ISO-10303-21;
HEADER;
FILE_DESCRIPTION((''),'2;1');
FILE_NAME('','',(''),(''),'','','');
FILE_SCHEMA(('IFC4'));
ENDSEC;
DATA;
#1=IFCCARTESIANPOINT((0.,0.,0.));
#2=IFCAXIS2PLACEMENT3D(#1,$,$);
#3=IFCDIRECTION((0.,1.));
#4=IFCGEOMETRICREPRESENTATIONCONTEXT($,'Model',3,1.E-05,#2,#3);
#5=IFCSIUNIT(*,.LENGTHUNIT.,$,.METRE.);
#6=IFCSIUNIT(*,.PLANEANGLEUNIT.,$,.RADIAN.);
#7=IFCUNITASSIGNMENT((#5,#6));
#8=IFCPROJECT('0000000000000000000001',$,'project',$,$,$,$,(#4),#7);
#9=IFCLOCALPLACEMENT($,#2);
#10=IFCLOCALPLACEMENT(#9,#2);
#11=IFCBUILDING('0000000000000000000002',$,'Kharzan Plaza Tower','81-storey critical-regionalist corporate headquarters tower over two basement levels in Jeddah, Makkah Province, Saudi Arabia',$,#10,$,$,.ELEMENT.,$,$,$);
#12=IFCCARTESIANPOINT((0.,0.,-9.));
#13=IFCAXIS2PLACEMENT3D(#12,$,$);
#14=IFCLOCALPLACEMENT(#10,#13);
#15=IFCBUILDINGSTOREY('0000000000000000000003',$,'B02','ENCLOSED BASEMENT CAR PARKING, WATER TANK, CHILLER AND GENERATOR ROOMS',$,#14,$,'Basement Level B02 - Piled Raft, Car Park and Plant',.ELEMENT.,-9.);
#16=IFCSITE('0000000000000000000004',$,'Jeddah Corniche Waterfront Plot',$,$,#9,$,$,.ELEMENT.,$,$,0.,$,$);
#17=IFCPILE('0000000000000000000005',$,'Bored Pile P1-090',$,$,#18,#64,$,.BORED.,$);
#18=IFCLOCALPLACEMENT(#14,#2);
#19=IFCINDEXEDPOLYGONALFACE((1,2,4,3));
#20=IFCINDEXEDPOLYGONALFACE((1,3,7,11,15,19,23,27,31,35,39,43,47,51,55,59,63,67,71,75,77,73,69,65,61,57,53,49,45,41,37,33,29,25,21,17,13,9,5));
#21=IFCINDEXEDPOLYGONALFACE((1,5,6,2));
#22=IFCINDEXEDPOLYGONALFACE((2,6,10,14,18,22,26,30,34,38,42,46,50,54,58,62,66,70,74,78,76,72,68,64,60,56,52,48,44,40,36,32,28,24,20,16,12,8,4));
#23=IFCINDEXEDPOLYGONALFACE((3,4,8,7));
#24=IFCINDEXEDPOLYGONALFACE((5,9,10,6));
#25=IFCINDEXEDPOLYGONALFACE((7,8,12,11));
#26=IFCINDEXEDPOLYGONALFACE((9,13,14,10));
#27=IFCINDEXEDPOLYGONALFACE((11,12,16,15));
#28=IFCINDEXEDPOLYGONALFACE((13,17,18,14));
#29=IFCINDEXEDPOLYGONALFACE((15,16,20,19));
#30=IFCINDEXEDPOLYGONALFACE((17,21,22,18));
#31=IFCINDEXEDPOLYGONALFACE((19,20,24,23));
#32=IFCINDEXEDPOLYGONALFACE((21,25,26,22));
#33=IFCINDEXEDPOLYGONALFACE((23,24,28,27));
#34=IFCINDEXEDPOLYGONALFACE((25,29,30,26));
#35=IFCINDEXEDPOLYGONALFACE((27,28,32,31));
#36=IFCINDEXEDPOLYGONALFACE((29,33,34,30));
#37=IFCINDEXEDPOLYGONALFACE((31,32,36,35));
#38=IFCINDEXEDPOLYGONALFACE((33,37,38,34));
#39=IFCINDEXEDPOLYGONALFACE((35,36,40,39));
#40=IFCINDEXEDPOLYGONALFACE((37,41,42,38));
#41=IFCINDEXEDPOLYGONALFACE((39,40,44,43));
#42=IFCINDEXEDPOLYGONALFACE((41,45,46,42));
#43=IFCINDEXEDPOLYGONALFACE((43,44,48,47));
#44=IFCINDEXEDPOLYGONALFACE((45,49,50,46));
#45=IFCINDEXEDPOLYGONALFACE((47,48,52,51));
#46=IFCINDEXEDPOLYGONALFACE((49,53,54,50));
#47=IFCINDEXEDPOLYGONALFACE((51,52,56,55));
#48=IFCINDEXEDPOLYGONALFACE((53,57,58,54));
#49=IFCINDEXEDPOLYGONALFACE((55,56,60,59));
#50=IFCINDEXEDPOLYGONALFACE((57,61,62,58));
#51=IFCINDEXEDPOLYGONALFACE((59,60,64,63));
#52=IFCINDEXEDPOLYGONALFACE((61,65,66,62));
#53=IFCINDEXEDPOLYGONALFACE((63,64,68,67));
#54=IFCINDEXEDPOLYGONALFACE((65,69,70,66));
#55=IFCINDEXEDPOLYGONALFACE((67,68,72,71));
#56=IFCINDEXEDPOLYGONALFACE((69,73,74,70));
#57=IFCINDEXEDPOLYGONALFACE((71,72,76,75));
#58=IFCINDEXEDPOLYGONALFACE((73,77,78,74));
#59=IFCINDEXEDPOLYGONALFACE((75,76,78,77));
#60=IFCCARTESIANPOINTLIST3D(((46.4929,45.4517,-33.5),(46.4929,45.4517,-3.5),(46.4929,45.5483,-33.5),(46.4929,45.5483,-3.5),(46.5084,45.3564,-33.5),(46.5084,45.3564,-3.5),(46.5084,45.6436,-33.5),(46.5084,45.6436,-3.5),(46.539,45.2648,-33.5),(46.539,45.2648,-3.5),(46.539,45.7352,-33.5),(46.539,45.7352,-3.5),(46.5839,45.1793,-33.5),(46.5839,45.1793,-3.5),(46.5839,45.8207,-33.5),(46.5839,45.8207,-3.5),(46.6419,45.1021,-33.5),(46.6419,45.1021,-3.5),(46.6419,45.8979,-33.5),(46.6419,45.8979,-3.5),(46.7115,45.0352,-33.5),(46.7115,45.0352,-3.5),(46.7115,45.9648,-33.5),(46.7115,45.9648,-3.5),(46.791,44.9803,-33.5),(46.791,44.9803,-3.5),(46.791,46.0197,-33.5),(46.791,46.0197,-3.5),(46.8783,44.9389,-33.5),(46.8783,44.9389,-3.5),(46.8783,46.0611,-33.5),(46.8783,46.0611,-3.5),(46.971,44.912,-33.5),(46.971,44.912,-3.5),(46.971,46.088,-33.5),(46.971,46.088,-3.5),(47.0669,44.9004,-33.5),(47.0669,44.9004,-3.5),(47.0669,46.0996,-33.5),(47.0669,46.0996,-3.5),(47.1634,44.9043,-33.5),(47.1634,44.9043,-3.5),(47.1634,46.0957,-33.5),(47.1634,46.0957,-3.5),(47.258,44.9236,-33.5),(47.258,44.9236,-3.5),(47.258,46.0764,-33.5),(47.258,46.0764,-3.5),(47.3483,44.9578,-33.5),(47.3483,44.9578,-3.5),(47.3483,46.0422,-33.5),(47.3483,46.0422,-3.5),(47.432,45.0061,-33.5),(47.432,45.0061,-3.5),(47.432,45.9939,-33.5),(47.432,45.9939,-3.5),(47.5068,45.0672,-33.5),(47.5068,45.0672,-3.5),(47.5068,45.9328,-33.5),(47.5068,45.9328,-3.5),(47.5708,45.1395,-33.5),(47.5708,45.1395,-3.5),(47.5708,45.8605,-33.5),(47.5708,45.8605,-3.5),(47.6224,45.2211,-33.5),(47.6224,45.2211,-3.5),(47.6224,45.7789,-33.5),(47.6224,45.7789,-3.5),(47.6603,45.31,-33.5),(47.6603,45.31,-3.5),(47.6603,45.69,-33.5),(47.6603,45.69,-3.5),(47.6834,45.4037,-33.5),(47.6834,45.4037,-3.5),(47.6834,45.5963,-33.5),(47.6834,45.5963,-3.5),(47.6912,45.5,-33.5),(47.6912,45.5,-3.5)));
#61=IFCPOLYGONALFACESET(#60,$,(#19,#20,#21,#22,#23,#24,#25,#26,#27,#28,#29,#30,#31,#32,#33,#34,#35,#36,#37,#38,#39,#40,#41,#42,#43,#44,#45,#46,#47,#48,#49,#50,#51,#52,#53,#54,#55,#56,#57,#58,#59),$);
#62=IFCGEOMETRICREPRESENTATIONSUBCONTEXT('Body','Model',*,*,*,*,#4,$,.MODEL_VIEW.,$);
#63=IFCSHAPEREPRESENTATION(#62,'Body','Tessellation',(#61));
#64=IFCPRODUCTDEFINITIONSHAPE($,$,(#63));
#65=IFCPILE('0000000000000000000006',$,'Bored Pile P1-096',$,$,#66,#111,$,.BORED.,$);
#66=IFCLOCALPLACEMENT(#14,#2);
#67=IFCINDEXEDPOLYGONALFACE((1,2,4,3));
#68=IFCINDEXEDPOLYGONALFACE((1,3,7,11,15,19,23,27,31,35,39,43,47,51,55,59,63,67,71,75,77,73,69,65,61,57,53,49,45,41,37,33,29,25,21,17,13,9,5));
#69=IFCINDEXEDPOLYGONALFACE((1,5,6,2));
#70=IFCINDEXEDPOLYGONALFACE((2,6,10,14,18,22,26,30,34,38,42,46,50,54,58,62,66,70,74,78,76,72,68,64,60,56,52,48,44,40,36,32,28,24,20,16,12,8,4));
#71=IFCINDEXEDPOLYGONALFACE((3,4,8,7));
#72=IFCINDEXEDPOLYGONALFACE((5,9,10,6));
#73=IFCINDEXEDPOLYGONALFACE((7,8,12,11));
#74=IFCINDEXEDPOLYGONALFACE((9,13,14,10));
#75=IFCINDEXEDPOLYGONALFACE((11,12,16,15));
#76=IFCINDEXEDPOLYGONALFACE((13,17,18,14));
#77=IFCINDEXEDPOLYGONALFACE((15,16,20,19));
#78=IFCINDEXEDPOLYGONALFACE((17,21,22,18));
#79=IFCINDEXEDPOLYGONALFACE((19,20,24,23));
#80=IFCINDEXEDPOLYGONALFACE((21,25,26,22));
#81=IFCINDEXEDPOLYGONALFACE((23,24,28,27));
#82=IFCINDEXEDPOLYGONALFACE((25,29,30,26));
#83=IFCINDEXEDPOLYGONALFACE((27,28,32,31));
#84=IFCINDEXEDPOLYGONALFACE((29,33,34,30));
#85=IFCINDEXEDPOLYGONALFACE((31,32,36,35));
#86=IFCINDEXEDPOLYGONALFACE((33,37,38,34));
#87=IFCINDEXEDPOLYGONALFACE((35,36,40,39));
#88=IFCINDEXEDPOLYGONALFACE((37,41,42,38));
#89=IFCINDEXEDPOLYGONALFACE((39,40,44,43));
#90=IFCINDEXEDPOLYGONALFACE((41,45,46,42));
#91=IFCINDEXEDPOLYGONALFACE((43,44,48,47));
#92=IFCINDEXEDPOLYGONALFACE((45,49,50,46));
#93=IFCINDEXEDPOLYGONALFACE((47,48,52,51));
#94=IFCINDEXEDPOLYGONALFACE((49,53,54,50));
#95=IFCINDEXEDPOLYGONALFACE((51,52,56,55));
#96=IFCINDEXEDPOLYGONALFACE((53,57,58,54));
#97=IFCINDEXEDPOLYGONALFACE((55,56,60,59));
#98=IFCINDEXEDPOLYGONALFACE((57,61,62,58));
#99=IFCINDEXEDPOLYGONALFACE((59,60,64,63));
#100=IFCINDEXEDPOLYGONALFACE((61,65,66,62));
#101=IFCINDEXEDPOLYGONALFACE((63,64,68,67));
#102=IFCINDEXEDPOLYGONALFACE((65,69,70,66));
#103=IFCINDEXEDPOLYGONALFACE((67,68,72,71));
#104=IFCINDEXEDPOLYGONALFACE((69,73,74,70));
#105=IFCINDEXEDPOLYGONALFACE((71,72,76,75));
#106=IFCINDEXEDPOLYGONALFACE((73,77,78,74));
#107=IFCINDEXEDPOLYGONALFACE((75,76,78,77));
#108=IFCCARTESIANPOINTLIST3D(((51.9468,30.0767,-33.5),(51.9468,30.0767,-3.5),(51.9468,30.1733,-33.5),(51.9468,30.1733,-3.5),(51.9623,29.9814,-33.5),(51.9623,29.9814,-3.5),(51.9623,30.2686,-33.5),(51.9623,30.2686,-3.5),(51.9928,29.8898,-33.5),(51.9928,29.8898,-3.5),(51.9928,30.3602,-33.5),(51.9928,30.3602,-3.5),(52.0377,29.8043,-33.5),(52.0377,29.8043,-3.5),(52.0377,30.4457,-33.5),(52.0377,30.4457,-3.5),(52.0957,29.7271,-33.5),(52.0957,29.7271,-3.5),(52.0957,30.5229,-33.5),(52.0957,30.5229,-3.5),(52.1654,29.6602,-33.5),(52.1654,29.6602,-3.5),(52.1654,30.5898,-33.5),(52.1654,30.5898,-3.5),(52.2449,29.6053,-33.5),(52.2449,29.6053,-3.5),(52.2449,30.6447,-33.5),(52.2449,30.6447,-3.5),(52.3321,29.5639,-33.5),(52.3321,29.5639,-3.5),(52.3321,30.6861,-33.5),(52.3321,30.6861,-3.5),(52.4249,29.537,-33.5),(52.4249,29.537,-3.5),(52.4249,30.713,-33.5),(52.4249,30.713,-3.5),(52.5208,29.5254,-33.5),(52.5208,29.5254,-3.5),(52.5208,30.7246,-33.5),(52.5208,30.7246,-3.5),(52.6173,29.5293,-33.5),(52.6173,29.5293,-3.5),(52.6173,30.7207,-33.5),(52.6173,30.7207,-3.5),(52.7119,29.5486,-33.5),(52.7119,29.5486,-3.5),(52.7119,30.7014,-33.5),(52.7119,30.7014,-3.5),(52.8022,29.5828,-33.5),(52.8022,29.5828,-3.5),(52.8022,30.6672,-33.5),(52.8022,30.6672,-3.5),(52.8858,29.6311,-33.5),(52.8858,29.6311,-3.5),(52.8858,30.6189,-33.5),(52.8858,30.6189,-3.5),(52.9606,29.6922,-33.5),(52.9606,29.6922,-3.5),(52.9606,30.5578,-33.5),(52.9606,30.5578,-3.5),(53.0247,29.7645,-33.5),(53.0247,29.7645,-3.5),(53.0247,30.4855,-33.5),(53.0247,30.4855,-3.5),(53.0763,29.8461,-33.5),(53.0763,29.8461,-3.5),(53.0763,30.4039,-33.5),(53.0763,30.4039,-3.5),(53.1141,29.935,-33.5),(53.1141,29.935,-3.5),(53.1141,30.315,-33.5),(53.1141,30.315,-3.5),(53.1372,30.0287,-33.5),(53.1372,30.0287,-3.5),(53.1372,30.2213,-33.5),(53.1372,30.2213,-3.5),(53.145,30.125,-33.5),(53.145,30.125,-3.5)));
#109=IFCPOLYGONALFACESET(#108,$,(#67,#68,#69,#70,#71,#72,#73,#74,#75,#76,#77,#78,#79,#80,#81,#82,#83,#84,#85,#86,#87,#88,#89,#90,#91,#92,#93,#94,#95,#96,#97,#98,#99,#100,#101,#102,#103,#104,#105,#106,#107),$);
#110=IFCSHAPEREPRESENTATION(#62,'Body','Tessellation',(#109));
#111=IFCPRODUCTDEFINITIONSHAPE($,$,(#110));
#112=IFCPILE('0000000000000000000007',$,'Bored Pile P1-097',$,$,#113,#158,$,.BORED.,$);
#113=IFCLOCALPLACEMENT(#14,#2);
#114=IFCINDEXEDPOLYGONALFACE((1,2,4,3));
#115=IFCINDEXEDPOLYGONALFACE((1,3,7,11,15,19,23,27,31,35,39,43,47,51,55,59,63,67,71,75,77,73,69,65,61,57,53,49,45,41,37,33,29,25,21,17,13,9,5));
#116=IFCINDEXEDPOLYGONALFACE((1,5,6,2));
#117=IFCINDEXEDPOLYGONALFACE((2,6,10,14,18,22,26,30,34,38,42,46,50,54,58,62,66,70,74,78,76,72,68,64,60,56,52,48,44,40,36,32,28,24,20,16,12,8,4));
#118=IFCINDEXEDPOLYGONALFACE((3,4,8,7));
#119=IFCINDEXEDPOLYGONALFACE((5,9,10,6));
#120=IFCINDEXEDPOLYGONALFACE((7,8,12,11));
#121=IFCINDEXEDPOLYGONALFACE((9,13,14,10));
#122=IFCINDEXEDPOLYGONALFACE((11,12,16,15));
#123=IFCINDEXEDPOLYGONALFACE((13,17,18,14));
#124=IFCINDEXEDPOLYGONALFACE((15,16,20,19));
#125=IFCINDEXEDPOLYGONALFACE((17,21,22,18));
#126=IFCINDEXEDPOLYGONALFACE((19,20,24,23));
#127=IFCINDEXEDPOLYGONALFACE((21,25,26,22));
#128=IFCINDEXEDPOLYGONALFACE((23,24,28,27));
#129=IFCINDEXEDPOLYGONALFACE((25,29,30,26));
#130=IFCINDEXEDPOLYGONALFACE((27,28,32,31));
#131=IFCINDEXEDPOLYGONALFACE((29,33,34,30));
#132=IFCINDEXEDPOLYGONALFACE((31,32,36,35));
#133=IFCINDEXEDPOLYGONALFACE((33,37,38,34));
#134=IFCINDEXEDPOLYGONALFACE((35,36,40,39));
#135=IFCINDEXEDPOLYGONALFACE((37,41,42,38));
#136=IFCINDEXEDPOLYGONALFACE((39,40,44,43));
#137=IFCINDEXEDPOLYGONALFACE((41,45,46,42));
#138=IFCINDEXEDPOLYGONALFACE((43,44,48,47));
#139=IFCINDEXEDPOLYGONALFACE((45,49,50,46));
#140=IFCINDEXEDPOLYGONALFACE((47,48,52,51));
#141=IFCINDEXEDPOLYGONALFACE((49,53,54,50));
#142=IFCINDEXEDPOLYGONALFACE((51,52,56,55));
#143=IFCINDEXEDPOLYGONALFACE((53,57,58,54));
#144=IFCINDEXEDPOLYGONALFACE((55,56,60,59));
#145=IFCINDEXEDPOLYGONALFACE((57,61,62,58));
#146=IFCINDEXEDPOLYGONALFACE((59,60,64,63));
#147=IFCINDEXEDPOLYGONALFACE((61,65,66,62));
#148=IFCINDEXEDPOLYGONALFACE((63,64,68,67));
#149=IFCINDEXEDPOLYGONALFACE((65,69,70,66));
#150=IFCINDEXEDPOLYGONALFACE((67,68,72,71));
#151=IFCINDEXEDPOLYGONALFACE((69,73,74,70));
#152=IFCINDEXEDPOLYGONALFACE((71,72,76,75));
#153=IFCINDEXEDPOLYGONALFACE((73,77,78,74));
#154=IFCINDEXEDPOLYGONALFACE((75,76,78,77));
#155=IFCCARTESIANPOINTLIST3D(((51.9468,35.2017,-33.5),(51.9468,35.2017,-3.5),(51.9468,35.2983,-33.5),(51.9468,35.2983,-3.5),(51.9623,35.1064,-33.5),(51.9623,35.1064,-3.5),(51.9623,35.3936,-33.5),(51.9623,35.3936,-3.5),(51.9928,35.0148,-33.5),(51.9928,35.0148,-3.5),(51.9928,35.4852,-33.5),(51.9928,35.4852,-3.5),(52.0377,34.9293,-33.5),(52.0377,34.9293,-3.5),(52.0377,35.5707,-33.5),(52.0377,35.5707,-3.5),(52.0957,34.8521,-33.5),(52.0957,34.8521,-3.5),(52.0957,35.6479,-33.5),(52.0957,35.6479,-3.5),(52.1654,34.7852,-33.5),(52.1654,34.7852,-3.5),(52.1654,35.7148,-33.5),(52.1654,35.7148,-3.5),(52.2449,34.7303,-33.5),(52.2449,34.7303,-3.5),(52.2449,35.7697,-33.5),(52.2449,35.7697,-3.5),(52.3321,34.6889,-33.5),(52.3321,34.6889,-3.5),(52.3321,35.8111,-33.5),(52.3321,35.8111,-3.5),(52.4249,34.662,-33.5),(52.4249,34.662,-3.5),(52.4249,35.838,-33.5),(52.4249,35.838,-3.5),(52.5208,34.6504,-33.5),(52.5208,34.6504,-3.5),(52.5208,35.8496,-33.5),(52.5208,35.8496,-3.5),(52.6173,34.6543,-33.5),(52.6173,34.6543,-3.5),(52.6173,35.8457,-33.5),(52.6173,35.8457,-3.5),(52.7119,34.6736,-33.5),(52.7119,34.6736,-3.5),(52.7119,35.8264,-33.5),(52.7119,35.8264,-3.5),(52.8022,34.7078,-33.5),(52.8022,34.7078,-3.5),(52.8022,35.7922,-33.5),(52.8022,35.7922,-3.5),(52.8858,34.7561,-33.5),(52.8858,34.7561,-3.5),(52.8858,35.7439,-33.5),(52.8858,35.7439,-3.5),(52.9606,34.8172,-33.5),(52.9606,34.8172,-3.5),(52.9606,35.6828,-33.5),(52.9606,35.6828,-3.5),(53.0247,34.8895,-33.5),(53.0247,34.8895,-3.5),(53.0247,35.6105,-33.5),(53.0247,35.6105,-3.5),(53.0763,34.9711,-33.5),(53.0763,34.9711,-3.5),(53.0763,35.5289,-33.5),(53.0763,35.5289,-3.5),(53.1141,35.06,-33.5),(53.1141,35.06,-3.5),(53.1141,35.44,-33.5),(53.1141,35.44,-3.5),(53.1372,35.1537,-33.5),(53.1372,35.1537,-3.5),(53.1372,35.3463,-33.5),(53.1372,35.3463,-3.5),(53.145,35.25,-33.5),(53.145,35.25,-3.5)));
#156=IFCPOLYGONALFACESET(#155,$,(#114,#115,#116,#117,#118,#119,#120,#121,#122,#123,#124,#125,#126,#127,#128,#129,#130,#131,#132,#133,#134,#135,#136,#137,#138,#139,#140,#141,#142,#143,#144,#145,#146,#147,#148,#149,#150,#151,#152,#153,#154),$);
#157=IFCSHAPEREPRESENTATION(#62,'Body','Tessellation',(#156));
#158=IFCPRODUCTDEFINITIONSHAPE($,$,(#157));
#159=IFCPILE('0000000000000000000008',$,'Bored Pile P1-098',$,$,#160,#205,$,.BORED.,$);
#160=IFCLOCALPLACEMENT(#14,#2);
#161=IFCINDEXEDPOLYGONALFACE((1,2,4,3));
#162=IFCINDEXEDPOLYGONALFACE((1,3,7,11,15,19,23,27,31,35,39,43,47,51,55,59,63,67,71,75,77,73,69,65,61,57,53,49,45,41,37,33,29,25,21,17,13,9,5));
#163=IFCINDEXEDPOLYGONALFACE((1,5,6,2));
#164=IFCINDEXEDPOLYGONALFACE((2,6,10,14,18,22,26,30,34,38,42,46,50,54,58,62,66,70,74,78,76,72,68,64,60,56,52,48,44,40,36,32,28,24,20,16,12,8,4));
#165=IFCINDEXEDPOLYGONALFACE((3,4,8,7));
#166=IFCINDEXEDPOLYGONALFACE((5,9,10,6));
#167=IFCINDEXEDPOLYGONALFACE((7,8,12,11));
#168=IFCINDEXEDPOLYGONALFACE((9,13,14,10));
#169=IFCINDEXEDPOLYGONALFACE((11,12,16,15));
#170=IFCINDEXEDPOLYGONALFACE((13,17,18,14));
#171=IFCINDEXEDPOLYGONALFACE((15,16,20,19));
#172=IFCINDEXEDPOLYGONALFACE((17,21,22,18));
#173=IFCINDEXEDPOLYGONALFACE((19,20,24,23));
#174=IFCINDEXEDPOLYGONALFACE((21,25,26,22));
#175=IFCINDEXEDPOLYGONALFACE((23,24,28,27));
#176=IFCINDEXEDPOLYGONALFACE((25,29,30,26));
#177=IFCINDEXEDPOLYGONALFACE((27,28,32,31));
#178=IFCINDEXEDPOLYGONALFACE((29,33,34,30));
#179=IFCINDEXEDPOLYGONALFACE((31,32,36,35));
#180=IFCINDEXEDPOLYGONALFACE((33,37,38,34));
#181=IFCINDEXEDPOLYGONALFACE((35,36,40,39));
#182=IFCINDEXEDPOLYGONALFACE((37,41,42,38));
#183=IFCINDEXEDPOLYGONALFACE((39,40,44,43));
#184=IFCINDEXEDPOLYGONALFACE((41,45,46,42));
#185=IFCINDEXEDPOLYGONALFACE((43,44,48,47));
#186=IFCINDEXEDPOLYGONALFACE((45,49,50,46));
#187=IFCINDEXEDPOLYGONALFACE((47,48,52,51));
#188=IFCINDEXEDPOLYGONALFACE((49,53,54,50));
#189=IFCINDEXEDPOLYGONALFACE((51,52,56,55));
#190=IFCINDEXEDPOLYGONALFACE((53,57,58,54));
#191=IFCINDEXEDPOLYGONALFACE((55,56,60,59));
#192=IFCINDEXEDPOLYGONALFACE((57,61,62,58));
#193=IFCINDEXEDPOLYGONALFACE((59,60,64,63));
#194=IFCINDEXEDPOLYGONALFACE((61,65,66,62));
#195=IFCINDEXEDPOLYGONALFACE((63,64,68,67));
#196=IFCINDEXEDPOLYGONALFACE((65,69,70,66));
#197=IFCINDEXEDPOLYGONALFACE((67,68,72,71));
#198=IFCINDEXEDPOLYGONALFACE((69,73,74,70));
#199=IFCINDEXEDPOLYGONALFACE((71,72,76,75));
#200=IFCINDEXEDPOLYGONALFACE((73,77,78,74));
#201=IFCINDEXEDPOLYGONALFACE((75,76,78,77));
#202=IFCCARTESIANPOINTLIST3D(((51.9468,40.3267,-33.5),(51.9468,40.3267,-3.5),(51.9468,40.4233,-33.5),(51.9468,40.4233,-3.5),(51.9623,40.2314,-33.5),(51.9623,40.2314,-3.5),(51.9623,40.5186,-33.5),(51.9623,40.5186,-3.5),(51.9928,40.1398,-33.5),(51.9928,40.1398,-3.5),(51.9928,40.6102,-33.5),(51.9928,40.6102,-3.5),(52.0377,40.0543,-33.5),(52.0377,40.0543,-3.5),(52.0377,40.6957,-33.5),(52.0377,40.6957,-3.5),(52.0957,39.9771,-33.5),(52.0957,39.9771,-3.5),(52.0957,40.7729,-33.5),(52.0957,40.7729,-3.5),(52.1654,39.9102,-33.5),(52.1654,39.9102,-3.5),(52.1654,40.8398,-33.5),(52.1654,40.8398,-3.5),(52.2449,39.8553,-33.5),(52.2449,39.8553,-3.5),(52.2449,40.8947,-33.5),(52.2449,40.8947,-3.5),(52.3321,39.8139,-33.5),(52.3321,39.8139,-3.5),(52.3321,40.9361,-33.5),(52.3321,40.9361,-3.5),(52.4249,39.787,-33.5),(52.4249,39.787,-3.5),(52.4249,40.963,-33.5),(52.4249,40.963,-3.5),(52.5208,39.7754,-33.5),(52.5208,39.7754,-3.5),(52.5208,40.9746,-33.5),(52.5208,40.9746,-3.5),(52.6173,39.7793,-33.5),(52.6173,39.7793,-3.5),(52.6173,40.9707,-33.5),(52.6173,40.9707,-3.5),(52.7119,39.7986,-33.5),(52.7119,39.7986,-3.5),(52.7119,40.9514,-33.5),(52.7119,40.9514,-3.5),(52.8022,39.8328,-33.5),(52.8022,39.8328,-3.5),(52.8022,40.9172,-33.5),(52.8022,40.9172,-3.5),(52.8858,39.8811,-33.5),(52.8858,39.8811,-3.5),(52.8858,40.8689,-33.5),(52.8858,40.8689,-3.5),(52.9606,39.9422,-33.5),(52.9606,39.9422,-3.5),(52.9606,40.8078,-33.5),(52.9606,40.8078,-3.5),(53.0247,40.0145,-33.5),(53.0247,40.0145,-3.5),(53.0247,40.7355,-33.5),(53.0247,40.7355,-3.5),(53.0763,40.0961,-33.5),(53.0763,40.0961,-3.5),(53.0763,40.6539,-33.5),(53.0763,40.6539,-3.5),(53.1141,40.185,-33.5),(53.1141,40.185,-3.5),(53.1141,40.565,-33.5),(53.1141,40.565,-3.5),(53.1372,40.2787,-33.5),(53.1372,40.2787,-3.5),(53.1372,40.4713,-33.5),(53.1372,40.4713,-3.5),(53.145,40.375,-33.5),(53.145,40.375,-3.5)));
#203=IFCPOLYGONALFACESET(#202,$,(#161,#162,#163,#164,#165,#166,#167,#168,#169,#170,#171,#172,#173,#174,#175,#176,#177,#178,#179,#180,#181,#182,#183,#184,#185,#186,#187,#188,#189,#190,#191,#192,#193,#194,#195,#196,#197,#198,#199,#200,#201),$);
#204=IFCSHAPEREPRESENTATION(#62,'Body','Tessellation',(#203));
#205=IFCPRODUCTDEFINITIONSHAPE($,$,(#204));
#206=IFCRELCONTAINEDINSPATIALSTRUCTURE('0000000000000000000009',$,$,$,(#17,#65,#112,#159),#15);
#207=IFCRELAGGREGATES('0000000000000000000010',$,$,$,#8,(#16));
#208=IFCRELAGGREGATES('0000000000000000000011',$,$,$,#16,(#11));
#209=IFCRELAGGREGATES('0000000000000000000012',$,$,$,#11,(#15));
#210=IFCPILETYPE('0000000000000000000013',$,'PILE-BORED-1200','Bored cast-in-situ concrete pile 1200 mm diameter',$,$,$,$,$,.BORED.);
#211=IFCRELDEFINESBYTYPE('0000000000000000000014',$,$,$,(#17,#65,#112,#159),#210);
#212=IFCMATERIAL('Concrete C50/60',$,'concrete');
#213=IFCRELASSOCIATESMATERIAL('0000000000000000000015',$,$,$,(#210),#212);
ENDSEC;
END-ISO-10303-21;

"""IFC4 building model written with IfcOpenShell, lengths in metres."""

from ifc_helpers import new_model, si_unit, direction, frame, origin, origin_2d, place, context, subcontext, project, spatial, circle, extrude, source, transform, mapped, material, material_profile, profile_set, type_object, element, save


model = new_model("IFC4")

# Units and contexts
model_context = context("Model", 3, precision=1e-05, world=origin(), true_north=direction((0.0, 1.0)))
body_context = subcontext(model_context, "Body", "Model", "MODEL_VIEW")
ifc_project = project(units=[si_unit("LENGTHUNIT", "METRE"), si_unit("PLANEANGLEUNIT", "RADIAN")], contexts=[model_context])

# Site, building, storey
site_placement = place(None, origin())
site = spatial("IfcSite", under=ifc_project, at=site_placement, Name="Jeddah Corniche Waterfront Plot", CompositionType="ELEMENT", RefElevation=0.0)
building_placement = place(site_placement, origin())
building = spatial("IfcBuilding", under=site, at=building_placement, Name="Kharzan Plaza Tower", Description="81-storey critical-regionalist corporate headquarters tower over two basement levels in Jeddah, Makkah Province, Saudi Arabia", CompositionType="ELEMENT")
storey_placement = place(building_placement, frame((0.0, 0.0, -9.0)))
storey = spatial("IfcBuildingStorey", under=building, at=storey_placement, Name="B02", Description="ENCLOSED BASEMENT CAR PARKING, WATER TANK, CHILLER AND GENERATOR ROOMS", LongName="Basement Level B02 - Piled Raft, Car Park and Plant", CompositionType="ELEMENT", Elevation=-9.0)

# Piles
ifc_material_1 = material(Name="Concrete C50/60", Category="concrete")
ifc_material_profile_1 = material_profile(ifc_material_1, circle(Radius=0.6001, at=origin_2d()), Name="PILE-D1200")
ifc_profile_set_1 = profile_set([ifc_material_profile_1], Name="Concrete C50/60")
pile_type = type_object("IfcPileType", Name="PILE-BORED-1200", Description="Bored cast-in-situ concrete pile 1200 mm diameter", PredefinedType="BORED", material=ifc_profile_set_1)
shared_shape_1 = source(origin(), body_context, "Body", "SweptSolid", [
    extrude(circle(Radius=0.6001, at=origin_2d()), origin(), (0.0, 0.0, 1.0), 30.0),
])
for number, where, z_axis, x_axis, name in (
    (1, (47.0911, 45.5, -3.5), (0.0, 0.0, -1.0), (1.0, 0.0, 0.0), "Bored Pile P1-090"),
    (2, (52.5449, 30.125, -3.5), (0.0, 0.0, -1.0), (1.0, 0.0, 0.0), "Bored Pile P1-096"),
    (3, (52.5449, 35.25, -3.5), (0.0, 0.0, -1.0), (1.0, 0.0, 0.0), "Bored Pile P1-097"),
    (4, (52.5449, 40.375, -3.5), (0.0, 0.0, -1.0), (1.0, 0.0, 0.0), "Bored Pile P1-098"),
):
    element("IfcPile", number, at=place(storey_placement, frame(where, z_axis=z_axis, x_axis=x_axis)), inside=storey, type_object=pile_type, Name=name, PredefinedType="BORED", context=body_context, shape_type="MappedRepresentation", body=[
        mapped(shared_shape_1, transform((0.0, 0.0, 0.0), x_axis=(1.0, 0.0, 0.0), y_axis=(0.0, 1.0, 0.0), z_axis=(0.0, 0.0, 1.0))),
    ])

save(model, "model.ifc")
